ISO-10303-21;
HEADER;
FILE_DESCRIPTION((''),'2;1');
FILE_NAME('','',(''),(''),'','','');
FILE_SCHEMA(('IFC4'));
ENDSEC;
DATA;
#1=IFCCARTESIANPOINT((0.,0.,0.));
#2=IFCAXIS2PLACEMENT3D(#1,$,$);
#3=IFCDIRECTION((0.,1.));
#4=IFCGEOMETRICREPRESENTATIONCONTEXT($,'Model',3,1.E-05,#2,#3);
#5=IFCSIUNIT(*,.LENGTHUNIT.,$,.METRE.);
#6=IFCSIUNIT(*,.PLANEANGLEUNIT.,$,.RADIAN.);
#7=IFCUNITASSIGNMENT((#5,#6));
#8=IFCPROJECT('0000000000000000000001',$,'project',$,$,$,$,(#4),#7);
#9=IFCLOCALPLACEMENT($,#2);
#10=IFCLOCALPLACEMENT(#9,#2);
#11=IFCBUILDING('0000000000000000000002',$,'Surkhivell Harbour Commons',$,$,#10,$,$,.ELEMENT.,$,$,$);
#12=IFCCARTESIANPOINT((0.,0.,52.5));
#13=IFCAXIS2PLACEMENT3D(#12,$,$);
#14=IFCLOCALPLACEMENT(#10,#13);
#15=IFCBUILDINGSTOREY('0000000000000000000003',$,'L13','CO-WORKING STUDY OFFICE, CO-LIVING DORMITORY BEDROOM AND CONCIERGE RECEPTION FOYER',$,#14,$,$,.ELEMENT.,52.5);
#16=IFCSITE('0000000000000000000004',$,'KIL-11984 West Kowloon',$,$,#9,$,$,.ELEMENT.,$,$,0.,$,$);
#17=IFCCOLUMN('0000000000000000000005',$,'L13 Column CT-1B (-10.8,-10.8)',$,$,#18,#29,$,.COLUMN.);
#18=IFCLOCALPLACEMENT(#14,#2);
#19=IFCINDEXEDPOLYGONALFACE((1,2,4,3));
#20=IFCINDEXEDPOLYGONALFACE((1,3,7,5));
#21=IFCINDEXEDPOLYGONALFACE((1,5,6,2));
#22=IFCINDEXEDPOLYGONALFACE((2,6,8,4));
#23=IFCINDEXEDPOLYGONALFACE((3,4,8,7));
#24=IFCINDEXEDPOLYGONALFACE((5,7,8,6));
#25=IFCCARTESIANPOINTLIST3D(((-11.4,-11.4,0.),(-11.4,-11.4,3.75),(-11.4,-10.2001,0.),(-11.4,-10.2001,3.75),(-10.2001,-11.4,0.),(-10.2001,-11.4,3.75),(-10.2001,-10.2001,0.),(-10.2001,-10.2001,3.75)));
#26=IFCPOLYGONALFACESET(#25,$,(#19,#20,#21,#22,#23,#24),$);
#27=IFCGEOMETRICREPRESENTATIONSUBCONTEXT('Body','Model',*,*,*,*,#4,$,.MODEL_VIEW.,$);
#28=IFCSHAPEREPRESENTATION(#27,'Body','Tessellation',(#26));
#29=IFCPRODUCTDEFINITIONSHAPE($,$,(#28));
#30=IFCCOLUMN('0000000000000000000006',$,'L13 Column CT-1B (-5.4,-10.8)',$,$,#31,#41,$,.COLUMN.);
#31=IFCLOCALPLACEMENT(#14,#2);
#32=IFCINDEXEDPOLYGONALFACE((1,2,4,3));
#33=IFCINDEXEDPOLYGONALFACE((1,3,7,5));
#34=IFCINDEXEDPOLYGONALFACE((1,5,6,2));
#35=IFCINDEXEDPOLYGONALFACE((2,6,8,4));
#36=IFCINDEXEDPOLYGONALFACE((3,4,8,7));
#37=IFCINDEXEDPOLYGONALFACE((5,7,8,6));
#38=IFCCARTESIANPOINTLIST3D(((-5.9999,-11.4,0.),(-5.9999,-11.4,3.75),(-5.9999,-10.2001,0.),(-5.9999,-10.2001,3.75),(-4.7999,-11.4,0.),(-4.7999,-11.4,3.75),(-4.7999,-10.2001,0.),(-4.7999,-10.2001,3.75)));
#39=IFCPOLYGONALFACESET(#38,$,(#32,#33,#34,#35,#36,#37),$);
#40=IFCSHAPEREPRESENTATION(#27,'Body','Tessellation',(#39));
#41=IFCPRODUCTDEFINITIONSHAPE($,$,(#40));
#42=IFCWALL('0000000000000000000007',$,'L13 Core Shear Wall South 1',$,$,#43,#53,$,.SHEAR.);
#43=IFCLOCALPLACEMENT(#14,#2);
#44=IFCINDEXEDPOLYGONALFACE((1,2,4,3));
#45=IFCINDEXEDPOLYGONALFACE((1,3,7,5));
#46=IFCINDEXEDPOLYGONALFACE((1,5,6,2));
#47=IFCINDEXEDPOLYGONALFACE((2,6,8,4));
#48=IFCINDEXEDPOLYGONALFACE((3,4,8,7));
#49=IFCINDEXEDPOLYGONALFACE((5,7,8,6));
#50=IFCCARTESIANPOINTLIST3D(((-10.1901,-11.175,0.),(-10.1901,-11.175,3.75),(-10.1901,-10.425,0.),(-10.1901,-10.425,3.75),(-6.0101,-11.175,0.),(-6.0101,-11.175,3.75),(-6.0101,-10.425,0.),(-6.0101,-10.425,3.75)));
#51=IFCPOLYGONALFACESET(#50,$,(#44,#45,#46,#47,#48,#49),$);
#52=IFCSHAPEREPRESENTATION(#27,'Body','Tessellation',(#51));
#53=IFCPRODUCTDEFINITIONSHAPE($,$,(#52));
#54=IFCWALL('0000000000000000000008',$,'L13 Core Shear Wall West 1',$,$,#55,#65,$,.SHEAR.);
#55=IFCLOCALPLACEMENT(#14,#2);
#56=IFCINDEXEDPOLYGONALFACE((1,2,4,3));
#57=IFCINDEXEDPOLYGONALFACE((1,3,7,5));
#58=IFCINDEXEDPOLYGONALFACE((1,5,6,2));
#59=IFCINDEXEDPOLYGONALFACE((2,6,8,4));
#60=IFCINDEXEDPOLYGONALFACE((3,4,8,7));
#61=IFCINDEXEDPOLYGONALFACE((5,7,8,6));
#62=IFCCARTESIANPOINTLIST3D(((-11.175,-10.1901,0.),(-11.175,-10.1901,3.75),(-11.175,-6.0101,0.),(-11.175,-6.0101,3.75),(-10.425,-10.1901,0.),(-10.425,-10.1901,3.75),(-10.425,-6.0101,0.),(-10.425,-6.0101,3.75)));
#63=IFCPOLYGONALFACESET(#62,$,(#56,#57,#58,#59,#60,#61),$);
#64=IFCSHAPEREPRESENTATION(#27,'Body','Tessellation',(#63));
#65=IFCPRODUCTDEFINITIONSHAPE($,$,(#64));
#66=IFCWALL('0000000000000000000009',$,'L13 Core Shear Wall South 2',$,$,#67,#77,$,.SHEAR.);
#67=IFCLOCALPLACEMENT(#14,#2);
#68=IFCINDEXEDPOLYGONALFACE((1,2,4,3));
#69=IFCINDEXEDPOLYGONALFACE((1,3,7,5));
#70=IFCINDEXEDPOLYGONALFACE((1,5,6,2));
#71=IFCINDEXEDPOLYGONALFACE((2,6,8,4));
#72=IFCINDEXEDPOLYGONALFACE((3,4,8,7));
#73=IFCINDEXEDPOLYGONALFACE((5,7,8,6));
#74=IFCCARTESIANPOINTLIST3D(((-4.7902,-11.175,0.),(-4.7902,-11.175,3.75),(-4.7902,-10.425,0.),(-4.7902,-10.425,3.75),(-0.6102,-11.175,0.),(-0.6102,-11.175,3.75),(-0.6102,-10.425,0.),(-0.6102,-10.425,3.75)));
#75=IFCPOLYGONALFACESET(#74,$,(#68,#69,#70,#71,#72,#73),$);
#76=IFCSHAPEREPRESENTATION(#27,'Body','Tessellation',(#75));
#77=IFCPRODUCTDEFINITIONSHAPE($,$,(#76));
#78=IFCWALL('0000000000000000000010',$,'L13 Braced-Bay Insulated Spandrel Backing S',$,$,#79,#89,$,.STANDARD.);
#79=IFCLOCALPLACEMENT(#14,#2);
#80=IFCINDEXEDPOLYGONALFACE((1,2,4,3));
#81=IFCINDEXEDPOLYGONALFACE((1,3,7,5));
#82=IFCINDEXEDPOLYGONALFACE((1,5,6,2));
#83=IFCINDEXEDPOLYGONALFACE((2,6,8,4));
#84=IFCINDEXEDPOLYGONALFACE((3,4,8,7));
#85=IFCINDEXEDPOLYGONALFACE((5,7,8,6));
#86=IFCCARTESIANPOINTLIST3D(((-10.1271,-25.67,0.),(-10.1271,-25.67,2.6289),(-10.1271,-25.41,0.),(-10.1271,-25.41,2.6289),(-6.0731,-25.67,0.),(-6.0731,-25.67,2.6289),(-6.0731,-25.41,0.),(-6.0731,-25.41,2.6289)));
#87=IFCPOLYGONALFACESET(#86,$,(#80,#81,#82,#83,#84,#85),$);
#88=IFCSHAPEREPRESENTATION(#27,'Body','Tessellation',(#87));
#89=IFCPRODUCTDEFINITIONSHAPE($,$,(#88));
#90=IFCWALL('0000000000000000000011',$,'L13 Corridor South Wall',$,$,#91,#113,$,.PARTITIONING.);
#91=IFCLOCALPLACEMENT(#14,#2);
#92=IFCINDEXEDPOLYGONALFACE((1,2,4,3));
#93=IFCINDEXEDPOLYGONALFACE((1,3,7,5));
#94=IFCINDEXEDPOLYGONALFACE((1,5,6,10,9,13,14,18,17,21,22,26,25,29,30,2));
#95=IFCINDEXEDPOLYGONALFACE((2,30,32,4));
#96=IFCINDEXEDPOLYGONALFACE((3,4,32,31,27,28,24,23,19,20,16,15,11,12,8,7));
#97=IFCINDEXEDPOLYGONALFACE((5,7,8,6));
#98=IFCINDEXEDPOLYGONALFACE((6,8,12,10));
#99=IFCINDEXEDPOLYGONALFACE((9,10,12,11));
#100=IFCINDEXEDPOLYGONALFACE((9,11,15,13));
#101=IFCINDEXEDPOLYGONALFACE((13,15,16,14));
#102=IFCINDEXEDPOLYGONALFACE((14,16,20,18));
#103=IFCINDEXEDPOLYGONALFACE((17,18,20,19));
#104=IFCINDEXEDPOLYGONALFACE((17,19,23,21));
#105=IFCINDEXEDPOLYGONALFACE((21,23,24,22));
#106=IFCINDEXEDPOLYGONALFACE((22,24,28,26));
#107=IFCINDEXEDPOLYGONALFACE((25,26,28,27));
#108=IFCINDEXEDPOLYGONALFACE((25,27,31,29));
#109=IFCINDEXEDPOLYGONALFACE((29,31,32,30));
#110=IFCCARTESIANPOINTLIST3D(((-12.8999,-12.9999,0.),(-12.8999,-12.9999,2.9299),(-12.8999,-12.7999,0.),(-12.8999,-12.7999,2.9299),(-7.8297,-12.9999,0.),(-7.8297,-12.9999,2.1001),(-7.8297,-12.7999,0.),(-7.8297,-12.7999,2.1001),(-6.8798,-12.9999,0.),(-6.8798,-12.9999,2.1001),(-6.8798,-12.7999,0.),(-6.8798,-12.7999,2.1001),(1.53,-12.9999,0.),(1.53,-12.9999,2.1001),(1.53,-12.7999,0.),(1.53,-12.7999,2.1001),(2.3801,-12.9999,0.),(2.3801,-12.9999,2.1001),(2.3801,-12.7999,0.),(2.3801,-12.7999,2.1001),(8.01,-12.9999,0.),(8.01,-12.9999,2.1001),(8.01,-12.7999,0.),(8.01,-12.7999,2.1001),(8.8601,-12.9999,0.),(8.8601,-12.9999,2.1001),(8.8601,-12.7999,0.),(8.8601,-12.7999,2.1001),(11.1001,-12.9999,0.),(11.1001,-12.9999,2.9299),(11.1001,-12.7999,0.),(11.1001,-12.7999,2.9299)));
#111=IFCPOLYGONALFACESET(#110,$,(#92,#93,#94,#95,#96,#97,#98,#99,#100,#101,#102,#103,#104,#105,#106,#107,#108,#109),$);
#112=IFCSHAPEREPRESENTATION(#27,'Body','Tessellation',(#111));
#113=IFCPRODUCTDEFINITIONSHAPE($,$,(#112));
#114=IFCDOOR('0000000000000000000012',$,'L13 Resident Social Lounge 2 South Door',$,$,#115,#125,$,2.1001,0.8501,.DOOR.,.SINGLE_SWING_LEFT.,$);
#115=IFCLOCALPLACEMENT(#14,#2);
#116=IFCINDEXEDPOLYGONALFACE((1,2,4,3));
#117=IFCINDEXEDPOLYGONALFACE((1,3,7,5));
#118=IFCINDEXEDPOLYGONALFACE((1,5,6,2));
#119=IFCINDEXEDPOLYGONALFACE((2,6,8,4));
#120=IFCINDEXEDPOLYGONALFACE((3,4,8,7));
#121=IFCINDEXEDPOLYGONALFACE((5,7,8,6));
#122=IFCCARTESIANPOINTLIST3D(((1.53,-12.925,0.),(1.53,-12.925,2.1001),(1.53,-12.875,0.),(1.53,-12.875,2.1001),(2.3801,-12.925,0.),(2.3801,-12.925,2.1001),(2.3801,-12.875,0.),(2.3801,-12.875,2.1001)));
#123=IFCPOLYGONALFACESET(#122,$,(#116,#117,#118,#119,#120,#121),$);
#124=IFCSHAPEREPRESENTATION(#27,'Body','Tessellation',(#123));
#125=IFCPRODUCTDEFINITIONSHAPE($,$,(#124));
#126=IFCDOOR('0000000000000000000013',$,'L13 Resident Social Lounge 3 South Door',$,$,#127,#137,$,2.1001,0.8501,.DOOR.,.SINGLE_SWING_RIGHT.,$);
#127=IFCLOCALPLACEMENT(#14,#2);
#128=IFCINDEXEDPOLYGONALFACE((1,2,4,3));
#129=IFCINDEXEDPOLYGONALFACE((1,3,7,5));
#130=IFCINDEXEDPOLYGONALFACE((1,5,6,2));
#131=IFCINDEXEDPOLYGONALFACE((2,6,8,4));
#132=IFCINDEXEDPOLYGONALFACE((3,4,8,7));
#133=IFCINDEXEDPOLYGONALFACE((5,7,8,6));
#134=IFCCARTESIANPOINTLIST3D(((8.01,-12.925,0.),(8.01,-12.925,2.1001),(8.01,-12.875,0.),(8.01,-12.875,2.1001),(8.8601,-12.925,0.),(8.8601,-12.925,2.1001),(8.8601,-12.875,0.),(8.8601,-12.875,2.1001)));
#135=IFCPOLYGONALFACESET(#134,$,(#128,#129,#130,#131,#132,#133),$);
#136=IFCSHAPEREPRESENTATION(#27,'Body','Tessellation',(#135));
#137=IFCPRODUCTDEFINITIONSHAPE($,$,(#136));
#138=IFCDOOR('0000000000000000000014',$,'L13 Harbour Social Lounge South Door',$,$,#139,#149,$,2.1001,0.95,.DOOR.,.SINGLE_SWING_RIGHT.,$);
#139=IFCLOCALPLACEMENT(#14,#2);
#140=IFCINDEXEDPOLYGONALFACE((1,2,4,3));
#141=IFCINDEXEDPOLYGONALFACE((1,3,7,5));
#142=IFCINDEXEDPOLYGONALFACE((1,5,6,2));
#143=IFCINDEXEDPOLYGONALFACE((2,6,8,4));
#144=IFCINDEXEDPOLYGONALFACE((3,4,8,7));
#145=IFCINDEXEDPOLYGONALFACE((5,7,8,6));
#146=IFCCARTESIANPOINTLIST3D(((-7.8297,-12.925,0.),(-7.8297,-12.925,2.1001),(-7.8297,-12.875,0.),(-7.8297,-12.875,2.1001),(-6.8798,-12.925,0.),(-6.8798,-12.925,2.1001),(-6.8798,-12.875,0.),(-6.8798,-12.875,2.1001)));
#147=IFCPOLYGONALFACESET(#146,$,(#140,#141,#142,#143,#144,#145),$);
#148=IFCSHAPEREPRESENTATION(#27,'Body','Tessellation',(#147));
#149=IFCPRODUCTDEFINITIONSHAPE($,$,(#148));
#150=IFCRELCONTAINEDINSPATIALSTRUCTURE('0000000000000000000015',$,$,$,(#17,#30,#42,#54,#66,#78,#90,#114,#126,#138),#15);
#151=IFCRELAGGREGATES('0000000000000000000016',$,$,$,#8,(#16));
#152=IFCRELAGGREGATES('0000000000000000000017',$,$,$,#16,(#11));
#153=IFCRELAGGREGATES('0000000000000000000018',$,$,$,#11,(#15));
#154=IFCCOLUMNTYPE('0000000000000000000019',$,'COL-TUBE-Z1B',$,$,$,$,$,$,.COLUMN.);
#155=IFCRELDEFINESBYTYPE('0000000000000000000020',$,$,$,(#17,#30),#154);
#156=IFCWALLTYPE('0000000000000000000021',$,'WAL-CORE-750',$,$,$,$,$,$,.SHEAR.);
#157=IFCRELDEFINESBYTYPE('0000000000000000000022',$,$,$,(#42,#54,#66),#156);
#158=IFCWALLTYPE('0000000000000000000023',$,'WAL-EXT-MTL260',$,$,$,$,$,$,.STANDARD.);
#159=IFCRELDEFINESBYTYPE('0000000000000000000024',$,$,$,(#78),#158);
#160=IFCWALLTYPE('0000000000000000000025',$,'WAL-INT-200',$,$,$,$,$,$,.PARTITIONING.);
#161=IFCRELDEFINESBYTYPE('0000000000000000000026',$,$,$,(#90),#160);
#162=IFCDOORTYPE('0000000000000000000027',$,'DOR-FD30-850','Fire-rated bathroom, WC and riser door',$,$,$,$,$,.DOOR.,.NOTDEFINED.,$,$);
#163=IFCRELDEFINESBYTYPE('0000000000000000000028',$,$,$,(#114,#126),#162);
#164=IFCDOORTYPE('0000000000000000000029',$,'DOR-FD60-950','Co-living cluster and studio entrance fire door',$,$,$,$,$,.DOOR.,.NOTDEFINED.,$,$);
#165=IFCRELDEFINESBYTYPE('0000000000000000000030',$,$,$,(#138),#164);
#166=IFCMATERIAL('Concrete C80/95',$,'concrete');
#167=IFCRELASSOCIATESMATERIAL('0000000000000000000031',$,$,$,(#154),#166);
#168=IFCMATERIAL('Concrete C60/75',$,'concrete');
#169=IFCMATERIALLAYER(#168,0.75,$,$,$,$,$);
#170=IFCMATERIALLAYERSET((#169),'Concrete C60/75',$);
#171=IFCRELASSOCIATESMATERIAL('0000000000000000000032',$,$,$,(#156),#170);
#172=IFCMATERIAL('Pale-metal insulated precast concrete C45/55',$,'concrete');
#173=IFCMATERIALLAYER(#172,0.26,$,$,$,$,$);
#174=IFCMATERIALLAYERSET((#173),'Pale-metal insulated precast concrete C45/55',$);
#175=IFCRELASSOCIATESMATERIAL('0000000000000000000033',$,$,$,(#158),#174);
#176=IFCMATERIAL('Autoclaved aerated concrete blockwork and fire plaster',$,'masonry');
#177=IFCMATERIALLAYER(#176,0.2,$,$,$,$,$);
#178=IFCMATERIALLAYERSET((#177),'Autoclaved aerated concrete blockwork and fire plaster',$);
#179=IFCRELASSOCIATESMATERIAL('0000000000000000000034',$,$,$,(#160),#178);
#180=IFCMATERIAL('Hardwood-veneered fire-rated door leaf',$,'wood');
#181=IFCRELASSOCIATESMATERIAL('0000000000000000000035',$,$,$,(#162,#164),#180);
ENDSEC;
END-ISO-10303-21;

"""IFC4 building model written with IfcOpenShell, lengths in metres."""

from ifc_helpers import new_model, si_unit, direction, frame, frame_2d, origin, origin_2d, place, context, subcontext, project, spatial, rectangle, extrude, material, layer, layer_set, material_profile, profile_set, type_object, element, fill, save


model = new_model("IFC4")

# Units and contexts
model_context = context("Model", 3, precision=1e-05, world=origin(), true_north=direction((0.0, 1.0)))
body_context = subcontext(model_context, "Body", "Model", "MODEL_VIEW")
ifc_project = project(units=[si_unit("LENGTHUNIT", "METRE"), si_unit("PLANEANGLEUNIT", "RADIAN")], contexts=[model_context])

# Site, building, storey
site_placement = place(None, origin())
site = spatial("IfcSite", under=ifc_project, at=site_placement, Name="KIL-11984 West Kowloon", CompositionType="ELEMENT", RefElevation=0.0)
building_placement = place(site_placement, origin())
building = spatial("IfcBuilding", under=site, at=building_placement, Name="Surkhivell Harbour Commons", CompositionType="ELEMENT")
storey_placement = place(building_placement, frame((0.0, 0.0, 52.5)))
storey = spatial("IfcBuildingStorey", under=building, at=storey_placement, Name="L13", Description="CO-WORKING STUDY OFFICE, CO-LIVING DORMITORY BEDROOM AND CONCIERGE RECEPTION FOYER", CompositionType="ELEMENT", Elevation=52.5)

# Columns
ifc_material_1 = material(Name="Concrete C80/95", Category="concrete")
ifc_material_profile = material_profile(ifc_material_1, rectangle(XDim=1.2, YDim=1.2, at=origin_2d()), Name="RC-COL-1200x1200")
ifc_profile_set = profile_set([ifc_material_profile], Name="Concrete C80/95")
column_type = type_object("IfcColumnType", Name="COL-TUBE-Z1B", PredefinedType="COLUMN", material=ifc_profile_set)
for number, where, z_axis, x_axis, name in (
    (1, (-10.8, -10.8, 0.0), (0.0, 0.0, 1.0), (1.0, 0.0, 0.0), "L13 Column CT-1B (-10.8,-10.8)"),
    (2, (-5.3999, -10.8, 0.0), (0.0, 0.0, 1.0), (1.0, 0.0, 0.0), "L13 Column CT-1B (-5.4,-10.8)"),
):
    element("IfcColumn", number, at=place(storey_placement, frame(where, z_axis=z_axis, x_axis=x_axis)), inside=storey, type_object=column_type, Name=name, PredefinedType="COLUMN", context=body_context, shape_type="SweptSolid", body=[
        extrude(rectangle(XDim=1.2, YDim=1.2, at=origin_2d()), origin(), (0.0, 0.0, 1.0), 3.75),
    ])

# Walls
ifc_material_2 = material(Name="Concrete C60/75", Category="concrete")
ifc_layer_1 = layer(ifc_material_2, 0.75)
ifc_layer_set_1 = layer_set([ifc_layer_1], Name="Concrete C60/75")
wall_type_1 = type_object("IfcWallType", Name="WAL-CORE-750", PredefinedType="SHEAR", material=ifc_layer_set_1)
for number, where, z_axis, x_axis, name in (
    (3, (-10.1899, -10.8, 0.0), (0.0, 0.0, 1.0), (1.0, 0.0, 0.0), "L13 Core Shear Wall South 1"),
    (4, (-10.8, -10.1899, 0.0), (0.0, 0.0, 1.0), (0.0, 1.0, 0.0), "L13 Core Shear Wall West 1"),
    (5, (-4.79, -10.8, 0.0), (0.0, 0.0, 1.0), (1.0, 0.0, 0.0), "L13 Core Shear Wall South 2"),
):
    element("IfcWall", number, at=place(storey_placement, frame(where, z_axis=z_axis, x_axis=x_axis)), inside=storey, type_object=wall_type_1, Name=name, PredefinedType="SHEAR", context=body_context, shape_type="SweptSolid", body=[
        extrude(rectangle(XDim=4.1799, YDim=0.75, at=frame_2d((2.0898, 0.0))), origin(), (0.0, 0.0, 1.0), 3.75),
    ])
ifc_material_3 = material(Name="Pale-metal insulated precast concrete C45/55", Category="concrete")
ifc_layer_2 = layer(ifc_material_3, 0.26)
ifc_layer_set_2 = layer_set([ifc_layer_2], Name="Pale-metal insulated precast concrete C45/55")
wall_type_2 = type_object("IfcWallType", Name="WAL-EXT-MTL260", PredefinedType="STANDARD", material=ifc_layer_set_2)
wall_1_placement = place(storey_placement, frame((-10.127, -25.54, 0.0), z_axis=(0.0, 0.0, 1.0), x_axis=(1.0, 0.0, 0.0)))
element("IfcWall", 6, at=wall_1_placement, inside=storey, type_object=wall_type_2, Name="L13 Braced-Bay Insulated Spandrel Backing S", PredefinedType="STANDARD", context=body_context, shape_type="SweptSolid", body=[
    extrude(rectangle(XDim=4.054, YDim=0.26, at=frame_2d((2.0269, 0.0))), origin(), (0.0, 0.0, 1.0), 2.6289),
])

# Wall, openings, doors
ifc_material_4 = material(Name="Autoclaved aerated concrete blockwork and fire plaster", Category="masonry")
ifc_layer_3 = layer(ifc_material_4, 0.2)
ifc_layer_set_3 = layer_set([ifc_layer_3], Name="Autoclaved aerated concrete blockwork and fire plaster")
wall_type_3 = type_object("IfcWallType", Name="WAL-INT-200", PredefinedType="PARTITIONING", material=ifc_layer_set_3)
wall_2_placement = place(storey_placement, frame((-12.8999, -12.8999, 0.0), z_axis=(0.0, 0.0, 1.0), x_axis=(1.0, 0.0, 0.0)))
wall_2 = element("IfcWall", 7, at=wall_2_placement, inside=storey, type_object=wall_type_3, Name="L13 Corridor South Wall", PredefinedType="PARTITIONING", context=body_context, shape_type="SweptSolid", body=[
    extrude(rectangle(XDim=24.0, YDim=0.2, at=frame_2d((12.0, 0.0))), origin(), (0.0, 0.0, 1.0), 2.9299),
])
opening_1_placement = place(wall_2_placement, frame((5.0701, 0.0, 0.0)))
opening_1 = element("IfcOpeningElement", 8, at=opening_1_placement, cuts=wall_2, PredefinedType="OPENING", context=body_context, shape_type="SweptSolid", body=[
    extrude(rectangle(XDim=0.95, YDim=2.1001, at=frame_2d((0.4751, 1.05))), frame((0.0, 0.1099, 0.0), z_axis=(0.0, -1.0, 0.0), x_axis=(1.0, 0.0, 0.0)), (0.0, 0.0, 1.0), 0.22),
])
opening_2_placement = place(wall_2_placement, frame((14.4299, 0.0, 0.0)))
opening_2 = element("IfcOpeningElement", 9, at=opening_2_placement, cuts=wall_2, PredefinedType="OPENING", context=body_context, shape_type="SweptSolid", body=[
    extrude(rectangle(XDim=0.8501, YDim=2.1001, at=frame_2d((0.425, 1.05))), frame((0.0, 0.1099, 0.0), z_axis=(0.0, -1.0, 0.0), x_axis=(1.0, 0.0, 0.0)), (0.0, 0.0, 1.0), 0.22),
])
opening_3_placement = place(wall_2_placement, frame((20.9099, 0.0, 0.0)))
opening_3 = element("IfcOpeningElement", 10, at=opening_3_placement, cuts=wall_2, PredefinedType="OPENING", context=body_context, shape_type="SweptSolid", body=[
    extrude(rectangle(XDim=0.8501, YDim=2.1001, at=frame_2d((0.425, 1.05))), frame((0.0, 0.1099, 0.0), z_axis=(0.0, -1.0, 0.0), x_axis=(1.0, 0.0, 0.0)), (0.0, 0.0, 1.0), 0.22),
])
ifc_material_5 = material(Name="Hardwood-veneered fire-rated door leaf", Category="wood")
door_type_1 = type_object("IfcDoorType", Name="DOR-FD30-850", Description="Fire-rated bathroom, WC and riser door", OperationType="NOTDEFINED", PredefinedType="DOOR", material=ifc_material_5)
door_1_placement = place(opening_2_placement, origin())
door_1 = element("IfcDoor", 11, at=door_1_placement, inside=storey, type_object=door_type_1, Name="L13 Resident Social Lounge 2 South Door", OperationType="SINGLE_SWING_LEFT", OverallHeight=2.1001, OverallWidth=0.8501, PredefinedType="DOOR", context=body_context, shape_type="SweptSolid", body=[
    extrude(rectangle(XDim=0.8501, YDim=2.1001, at=frame_2d((0.425, 1.05))), frame((0.0, 0.0249, 0.0), z_axis=(0.0, -1.0, 0.0), x_axis=(1.0, 0.0, 0.0)), (0.0, 0.0, 1.0), 0.05),
])
fill(opening_2, door_1)
door_2_placement = place(opening_3_placement, origin())
door_2 = element("IfcDoor", 12, at=door_2_placement, inside=storey, type_object=door_type_1, Name="L13 Resident Social Lounge 3 South Door", OperationType="SINGLE_SWING_RIGHT", OverallHeight=2.1001, OverallWidth=0.8501, PredefinedType="DOOR", context=body_context, shape_type="SweptSolid", body=[
    extrude(rectangle(XDim=0.8501, YDim=2.1001, at=frame_2d((0.425, 1.05))), frame((0.0, 0.0249, 0.0), z_axis=(0.0, -1.0, 0.0), x_axis=(1.0, 0.0, 0.0)), (0.0, 0.0, 1.0), 0.05),
])
fill(opening_3, door_2)
door_type_2 = type_object("IfcDoorType", Name="DOR-FD60-950", Description="Co-living cluster and studio entrance fire door", OperationType="NOTDEFINED", PredefinedType="DOOR", material=ifc_material_5)
door_3_placement = place(opening_1_placement, origin())
door_3 = element("IfcDoor", 13, at=door_3_placement, inside=storey, type_object=door_type_2, Name="L13 Harbour Social Lounge South Door", OperationType="SINGLE_SWING_RIGHT", OverallHeight=2.1001, OverallWidth=0.95, PredefinedType="DOOR", context=body_context, shape_type="SweptSolid", body=[
    extrude(rectangle(XDim=0.95, YDim=2.1001, at=frame_2d((0.4751, 1.05))), frame((0.0, 0.0249, 0.0), z_axis=(0.0, -1.0, 0.0), x_axis=(1.0, 0.0, 0.0)), (0.0, 0.0, 1.0), 0.05),
])
fill(opening_1, door_3)

save(model, "model.ifc")
